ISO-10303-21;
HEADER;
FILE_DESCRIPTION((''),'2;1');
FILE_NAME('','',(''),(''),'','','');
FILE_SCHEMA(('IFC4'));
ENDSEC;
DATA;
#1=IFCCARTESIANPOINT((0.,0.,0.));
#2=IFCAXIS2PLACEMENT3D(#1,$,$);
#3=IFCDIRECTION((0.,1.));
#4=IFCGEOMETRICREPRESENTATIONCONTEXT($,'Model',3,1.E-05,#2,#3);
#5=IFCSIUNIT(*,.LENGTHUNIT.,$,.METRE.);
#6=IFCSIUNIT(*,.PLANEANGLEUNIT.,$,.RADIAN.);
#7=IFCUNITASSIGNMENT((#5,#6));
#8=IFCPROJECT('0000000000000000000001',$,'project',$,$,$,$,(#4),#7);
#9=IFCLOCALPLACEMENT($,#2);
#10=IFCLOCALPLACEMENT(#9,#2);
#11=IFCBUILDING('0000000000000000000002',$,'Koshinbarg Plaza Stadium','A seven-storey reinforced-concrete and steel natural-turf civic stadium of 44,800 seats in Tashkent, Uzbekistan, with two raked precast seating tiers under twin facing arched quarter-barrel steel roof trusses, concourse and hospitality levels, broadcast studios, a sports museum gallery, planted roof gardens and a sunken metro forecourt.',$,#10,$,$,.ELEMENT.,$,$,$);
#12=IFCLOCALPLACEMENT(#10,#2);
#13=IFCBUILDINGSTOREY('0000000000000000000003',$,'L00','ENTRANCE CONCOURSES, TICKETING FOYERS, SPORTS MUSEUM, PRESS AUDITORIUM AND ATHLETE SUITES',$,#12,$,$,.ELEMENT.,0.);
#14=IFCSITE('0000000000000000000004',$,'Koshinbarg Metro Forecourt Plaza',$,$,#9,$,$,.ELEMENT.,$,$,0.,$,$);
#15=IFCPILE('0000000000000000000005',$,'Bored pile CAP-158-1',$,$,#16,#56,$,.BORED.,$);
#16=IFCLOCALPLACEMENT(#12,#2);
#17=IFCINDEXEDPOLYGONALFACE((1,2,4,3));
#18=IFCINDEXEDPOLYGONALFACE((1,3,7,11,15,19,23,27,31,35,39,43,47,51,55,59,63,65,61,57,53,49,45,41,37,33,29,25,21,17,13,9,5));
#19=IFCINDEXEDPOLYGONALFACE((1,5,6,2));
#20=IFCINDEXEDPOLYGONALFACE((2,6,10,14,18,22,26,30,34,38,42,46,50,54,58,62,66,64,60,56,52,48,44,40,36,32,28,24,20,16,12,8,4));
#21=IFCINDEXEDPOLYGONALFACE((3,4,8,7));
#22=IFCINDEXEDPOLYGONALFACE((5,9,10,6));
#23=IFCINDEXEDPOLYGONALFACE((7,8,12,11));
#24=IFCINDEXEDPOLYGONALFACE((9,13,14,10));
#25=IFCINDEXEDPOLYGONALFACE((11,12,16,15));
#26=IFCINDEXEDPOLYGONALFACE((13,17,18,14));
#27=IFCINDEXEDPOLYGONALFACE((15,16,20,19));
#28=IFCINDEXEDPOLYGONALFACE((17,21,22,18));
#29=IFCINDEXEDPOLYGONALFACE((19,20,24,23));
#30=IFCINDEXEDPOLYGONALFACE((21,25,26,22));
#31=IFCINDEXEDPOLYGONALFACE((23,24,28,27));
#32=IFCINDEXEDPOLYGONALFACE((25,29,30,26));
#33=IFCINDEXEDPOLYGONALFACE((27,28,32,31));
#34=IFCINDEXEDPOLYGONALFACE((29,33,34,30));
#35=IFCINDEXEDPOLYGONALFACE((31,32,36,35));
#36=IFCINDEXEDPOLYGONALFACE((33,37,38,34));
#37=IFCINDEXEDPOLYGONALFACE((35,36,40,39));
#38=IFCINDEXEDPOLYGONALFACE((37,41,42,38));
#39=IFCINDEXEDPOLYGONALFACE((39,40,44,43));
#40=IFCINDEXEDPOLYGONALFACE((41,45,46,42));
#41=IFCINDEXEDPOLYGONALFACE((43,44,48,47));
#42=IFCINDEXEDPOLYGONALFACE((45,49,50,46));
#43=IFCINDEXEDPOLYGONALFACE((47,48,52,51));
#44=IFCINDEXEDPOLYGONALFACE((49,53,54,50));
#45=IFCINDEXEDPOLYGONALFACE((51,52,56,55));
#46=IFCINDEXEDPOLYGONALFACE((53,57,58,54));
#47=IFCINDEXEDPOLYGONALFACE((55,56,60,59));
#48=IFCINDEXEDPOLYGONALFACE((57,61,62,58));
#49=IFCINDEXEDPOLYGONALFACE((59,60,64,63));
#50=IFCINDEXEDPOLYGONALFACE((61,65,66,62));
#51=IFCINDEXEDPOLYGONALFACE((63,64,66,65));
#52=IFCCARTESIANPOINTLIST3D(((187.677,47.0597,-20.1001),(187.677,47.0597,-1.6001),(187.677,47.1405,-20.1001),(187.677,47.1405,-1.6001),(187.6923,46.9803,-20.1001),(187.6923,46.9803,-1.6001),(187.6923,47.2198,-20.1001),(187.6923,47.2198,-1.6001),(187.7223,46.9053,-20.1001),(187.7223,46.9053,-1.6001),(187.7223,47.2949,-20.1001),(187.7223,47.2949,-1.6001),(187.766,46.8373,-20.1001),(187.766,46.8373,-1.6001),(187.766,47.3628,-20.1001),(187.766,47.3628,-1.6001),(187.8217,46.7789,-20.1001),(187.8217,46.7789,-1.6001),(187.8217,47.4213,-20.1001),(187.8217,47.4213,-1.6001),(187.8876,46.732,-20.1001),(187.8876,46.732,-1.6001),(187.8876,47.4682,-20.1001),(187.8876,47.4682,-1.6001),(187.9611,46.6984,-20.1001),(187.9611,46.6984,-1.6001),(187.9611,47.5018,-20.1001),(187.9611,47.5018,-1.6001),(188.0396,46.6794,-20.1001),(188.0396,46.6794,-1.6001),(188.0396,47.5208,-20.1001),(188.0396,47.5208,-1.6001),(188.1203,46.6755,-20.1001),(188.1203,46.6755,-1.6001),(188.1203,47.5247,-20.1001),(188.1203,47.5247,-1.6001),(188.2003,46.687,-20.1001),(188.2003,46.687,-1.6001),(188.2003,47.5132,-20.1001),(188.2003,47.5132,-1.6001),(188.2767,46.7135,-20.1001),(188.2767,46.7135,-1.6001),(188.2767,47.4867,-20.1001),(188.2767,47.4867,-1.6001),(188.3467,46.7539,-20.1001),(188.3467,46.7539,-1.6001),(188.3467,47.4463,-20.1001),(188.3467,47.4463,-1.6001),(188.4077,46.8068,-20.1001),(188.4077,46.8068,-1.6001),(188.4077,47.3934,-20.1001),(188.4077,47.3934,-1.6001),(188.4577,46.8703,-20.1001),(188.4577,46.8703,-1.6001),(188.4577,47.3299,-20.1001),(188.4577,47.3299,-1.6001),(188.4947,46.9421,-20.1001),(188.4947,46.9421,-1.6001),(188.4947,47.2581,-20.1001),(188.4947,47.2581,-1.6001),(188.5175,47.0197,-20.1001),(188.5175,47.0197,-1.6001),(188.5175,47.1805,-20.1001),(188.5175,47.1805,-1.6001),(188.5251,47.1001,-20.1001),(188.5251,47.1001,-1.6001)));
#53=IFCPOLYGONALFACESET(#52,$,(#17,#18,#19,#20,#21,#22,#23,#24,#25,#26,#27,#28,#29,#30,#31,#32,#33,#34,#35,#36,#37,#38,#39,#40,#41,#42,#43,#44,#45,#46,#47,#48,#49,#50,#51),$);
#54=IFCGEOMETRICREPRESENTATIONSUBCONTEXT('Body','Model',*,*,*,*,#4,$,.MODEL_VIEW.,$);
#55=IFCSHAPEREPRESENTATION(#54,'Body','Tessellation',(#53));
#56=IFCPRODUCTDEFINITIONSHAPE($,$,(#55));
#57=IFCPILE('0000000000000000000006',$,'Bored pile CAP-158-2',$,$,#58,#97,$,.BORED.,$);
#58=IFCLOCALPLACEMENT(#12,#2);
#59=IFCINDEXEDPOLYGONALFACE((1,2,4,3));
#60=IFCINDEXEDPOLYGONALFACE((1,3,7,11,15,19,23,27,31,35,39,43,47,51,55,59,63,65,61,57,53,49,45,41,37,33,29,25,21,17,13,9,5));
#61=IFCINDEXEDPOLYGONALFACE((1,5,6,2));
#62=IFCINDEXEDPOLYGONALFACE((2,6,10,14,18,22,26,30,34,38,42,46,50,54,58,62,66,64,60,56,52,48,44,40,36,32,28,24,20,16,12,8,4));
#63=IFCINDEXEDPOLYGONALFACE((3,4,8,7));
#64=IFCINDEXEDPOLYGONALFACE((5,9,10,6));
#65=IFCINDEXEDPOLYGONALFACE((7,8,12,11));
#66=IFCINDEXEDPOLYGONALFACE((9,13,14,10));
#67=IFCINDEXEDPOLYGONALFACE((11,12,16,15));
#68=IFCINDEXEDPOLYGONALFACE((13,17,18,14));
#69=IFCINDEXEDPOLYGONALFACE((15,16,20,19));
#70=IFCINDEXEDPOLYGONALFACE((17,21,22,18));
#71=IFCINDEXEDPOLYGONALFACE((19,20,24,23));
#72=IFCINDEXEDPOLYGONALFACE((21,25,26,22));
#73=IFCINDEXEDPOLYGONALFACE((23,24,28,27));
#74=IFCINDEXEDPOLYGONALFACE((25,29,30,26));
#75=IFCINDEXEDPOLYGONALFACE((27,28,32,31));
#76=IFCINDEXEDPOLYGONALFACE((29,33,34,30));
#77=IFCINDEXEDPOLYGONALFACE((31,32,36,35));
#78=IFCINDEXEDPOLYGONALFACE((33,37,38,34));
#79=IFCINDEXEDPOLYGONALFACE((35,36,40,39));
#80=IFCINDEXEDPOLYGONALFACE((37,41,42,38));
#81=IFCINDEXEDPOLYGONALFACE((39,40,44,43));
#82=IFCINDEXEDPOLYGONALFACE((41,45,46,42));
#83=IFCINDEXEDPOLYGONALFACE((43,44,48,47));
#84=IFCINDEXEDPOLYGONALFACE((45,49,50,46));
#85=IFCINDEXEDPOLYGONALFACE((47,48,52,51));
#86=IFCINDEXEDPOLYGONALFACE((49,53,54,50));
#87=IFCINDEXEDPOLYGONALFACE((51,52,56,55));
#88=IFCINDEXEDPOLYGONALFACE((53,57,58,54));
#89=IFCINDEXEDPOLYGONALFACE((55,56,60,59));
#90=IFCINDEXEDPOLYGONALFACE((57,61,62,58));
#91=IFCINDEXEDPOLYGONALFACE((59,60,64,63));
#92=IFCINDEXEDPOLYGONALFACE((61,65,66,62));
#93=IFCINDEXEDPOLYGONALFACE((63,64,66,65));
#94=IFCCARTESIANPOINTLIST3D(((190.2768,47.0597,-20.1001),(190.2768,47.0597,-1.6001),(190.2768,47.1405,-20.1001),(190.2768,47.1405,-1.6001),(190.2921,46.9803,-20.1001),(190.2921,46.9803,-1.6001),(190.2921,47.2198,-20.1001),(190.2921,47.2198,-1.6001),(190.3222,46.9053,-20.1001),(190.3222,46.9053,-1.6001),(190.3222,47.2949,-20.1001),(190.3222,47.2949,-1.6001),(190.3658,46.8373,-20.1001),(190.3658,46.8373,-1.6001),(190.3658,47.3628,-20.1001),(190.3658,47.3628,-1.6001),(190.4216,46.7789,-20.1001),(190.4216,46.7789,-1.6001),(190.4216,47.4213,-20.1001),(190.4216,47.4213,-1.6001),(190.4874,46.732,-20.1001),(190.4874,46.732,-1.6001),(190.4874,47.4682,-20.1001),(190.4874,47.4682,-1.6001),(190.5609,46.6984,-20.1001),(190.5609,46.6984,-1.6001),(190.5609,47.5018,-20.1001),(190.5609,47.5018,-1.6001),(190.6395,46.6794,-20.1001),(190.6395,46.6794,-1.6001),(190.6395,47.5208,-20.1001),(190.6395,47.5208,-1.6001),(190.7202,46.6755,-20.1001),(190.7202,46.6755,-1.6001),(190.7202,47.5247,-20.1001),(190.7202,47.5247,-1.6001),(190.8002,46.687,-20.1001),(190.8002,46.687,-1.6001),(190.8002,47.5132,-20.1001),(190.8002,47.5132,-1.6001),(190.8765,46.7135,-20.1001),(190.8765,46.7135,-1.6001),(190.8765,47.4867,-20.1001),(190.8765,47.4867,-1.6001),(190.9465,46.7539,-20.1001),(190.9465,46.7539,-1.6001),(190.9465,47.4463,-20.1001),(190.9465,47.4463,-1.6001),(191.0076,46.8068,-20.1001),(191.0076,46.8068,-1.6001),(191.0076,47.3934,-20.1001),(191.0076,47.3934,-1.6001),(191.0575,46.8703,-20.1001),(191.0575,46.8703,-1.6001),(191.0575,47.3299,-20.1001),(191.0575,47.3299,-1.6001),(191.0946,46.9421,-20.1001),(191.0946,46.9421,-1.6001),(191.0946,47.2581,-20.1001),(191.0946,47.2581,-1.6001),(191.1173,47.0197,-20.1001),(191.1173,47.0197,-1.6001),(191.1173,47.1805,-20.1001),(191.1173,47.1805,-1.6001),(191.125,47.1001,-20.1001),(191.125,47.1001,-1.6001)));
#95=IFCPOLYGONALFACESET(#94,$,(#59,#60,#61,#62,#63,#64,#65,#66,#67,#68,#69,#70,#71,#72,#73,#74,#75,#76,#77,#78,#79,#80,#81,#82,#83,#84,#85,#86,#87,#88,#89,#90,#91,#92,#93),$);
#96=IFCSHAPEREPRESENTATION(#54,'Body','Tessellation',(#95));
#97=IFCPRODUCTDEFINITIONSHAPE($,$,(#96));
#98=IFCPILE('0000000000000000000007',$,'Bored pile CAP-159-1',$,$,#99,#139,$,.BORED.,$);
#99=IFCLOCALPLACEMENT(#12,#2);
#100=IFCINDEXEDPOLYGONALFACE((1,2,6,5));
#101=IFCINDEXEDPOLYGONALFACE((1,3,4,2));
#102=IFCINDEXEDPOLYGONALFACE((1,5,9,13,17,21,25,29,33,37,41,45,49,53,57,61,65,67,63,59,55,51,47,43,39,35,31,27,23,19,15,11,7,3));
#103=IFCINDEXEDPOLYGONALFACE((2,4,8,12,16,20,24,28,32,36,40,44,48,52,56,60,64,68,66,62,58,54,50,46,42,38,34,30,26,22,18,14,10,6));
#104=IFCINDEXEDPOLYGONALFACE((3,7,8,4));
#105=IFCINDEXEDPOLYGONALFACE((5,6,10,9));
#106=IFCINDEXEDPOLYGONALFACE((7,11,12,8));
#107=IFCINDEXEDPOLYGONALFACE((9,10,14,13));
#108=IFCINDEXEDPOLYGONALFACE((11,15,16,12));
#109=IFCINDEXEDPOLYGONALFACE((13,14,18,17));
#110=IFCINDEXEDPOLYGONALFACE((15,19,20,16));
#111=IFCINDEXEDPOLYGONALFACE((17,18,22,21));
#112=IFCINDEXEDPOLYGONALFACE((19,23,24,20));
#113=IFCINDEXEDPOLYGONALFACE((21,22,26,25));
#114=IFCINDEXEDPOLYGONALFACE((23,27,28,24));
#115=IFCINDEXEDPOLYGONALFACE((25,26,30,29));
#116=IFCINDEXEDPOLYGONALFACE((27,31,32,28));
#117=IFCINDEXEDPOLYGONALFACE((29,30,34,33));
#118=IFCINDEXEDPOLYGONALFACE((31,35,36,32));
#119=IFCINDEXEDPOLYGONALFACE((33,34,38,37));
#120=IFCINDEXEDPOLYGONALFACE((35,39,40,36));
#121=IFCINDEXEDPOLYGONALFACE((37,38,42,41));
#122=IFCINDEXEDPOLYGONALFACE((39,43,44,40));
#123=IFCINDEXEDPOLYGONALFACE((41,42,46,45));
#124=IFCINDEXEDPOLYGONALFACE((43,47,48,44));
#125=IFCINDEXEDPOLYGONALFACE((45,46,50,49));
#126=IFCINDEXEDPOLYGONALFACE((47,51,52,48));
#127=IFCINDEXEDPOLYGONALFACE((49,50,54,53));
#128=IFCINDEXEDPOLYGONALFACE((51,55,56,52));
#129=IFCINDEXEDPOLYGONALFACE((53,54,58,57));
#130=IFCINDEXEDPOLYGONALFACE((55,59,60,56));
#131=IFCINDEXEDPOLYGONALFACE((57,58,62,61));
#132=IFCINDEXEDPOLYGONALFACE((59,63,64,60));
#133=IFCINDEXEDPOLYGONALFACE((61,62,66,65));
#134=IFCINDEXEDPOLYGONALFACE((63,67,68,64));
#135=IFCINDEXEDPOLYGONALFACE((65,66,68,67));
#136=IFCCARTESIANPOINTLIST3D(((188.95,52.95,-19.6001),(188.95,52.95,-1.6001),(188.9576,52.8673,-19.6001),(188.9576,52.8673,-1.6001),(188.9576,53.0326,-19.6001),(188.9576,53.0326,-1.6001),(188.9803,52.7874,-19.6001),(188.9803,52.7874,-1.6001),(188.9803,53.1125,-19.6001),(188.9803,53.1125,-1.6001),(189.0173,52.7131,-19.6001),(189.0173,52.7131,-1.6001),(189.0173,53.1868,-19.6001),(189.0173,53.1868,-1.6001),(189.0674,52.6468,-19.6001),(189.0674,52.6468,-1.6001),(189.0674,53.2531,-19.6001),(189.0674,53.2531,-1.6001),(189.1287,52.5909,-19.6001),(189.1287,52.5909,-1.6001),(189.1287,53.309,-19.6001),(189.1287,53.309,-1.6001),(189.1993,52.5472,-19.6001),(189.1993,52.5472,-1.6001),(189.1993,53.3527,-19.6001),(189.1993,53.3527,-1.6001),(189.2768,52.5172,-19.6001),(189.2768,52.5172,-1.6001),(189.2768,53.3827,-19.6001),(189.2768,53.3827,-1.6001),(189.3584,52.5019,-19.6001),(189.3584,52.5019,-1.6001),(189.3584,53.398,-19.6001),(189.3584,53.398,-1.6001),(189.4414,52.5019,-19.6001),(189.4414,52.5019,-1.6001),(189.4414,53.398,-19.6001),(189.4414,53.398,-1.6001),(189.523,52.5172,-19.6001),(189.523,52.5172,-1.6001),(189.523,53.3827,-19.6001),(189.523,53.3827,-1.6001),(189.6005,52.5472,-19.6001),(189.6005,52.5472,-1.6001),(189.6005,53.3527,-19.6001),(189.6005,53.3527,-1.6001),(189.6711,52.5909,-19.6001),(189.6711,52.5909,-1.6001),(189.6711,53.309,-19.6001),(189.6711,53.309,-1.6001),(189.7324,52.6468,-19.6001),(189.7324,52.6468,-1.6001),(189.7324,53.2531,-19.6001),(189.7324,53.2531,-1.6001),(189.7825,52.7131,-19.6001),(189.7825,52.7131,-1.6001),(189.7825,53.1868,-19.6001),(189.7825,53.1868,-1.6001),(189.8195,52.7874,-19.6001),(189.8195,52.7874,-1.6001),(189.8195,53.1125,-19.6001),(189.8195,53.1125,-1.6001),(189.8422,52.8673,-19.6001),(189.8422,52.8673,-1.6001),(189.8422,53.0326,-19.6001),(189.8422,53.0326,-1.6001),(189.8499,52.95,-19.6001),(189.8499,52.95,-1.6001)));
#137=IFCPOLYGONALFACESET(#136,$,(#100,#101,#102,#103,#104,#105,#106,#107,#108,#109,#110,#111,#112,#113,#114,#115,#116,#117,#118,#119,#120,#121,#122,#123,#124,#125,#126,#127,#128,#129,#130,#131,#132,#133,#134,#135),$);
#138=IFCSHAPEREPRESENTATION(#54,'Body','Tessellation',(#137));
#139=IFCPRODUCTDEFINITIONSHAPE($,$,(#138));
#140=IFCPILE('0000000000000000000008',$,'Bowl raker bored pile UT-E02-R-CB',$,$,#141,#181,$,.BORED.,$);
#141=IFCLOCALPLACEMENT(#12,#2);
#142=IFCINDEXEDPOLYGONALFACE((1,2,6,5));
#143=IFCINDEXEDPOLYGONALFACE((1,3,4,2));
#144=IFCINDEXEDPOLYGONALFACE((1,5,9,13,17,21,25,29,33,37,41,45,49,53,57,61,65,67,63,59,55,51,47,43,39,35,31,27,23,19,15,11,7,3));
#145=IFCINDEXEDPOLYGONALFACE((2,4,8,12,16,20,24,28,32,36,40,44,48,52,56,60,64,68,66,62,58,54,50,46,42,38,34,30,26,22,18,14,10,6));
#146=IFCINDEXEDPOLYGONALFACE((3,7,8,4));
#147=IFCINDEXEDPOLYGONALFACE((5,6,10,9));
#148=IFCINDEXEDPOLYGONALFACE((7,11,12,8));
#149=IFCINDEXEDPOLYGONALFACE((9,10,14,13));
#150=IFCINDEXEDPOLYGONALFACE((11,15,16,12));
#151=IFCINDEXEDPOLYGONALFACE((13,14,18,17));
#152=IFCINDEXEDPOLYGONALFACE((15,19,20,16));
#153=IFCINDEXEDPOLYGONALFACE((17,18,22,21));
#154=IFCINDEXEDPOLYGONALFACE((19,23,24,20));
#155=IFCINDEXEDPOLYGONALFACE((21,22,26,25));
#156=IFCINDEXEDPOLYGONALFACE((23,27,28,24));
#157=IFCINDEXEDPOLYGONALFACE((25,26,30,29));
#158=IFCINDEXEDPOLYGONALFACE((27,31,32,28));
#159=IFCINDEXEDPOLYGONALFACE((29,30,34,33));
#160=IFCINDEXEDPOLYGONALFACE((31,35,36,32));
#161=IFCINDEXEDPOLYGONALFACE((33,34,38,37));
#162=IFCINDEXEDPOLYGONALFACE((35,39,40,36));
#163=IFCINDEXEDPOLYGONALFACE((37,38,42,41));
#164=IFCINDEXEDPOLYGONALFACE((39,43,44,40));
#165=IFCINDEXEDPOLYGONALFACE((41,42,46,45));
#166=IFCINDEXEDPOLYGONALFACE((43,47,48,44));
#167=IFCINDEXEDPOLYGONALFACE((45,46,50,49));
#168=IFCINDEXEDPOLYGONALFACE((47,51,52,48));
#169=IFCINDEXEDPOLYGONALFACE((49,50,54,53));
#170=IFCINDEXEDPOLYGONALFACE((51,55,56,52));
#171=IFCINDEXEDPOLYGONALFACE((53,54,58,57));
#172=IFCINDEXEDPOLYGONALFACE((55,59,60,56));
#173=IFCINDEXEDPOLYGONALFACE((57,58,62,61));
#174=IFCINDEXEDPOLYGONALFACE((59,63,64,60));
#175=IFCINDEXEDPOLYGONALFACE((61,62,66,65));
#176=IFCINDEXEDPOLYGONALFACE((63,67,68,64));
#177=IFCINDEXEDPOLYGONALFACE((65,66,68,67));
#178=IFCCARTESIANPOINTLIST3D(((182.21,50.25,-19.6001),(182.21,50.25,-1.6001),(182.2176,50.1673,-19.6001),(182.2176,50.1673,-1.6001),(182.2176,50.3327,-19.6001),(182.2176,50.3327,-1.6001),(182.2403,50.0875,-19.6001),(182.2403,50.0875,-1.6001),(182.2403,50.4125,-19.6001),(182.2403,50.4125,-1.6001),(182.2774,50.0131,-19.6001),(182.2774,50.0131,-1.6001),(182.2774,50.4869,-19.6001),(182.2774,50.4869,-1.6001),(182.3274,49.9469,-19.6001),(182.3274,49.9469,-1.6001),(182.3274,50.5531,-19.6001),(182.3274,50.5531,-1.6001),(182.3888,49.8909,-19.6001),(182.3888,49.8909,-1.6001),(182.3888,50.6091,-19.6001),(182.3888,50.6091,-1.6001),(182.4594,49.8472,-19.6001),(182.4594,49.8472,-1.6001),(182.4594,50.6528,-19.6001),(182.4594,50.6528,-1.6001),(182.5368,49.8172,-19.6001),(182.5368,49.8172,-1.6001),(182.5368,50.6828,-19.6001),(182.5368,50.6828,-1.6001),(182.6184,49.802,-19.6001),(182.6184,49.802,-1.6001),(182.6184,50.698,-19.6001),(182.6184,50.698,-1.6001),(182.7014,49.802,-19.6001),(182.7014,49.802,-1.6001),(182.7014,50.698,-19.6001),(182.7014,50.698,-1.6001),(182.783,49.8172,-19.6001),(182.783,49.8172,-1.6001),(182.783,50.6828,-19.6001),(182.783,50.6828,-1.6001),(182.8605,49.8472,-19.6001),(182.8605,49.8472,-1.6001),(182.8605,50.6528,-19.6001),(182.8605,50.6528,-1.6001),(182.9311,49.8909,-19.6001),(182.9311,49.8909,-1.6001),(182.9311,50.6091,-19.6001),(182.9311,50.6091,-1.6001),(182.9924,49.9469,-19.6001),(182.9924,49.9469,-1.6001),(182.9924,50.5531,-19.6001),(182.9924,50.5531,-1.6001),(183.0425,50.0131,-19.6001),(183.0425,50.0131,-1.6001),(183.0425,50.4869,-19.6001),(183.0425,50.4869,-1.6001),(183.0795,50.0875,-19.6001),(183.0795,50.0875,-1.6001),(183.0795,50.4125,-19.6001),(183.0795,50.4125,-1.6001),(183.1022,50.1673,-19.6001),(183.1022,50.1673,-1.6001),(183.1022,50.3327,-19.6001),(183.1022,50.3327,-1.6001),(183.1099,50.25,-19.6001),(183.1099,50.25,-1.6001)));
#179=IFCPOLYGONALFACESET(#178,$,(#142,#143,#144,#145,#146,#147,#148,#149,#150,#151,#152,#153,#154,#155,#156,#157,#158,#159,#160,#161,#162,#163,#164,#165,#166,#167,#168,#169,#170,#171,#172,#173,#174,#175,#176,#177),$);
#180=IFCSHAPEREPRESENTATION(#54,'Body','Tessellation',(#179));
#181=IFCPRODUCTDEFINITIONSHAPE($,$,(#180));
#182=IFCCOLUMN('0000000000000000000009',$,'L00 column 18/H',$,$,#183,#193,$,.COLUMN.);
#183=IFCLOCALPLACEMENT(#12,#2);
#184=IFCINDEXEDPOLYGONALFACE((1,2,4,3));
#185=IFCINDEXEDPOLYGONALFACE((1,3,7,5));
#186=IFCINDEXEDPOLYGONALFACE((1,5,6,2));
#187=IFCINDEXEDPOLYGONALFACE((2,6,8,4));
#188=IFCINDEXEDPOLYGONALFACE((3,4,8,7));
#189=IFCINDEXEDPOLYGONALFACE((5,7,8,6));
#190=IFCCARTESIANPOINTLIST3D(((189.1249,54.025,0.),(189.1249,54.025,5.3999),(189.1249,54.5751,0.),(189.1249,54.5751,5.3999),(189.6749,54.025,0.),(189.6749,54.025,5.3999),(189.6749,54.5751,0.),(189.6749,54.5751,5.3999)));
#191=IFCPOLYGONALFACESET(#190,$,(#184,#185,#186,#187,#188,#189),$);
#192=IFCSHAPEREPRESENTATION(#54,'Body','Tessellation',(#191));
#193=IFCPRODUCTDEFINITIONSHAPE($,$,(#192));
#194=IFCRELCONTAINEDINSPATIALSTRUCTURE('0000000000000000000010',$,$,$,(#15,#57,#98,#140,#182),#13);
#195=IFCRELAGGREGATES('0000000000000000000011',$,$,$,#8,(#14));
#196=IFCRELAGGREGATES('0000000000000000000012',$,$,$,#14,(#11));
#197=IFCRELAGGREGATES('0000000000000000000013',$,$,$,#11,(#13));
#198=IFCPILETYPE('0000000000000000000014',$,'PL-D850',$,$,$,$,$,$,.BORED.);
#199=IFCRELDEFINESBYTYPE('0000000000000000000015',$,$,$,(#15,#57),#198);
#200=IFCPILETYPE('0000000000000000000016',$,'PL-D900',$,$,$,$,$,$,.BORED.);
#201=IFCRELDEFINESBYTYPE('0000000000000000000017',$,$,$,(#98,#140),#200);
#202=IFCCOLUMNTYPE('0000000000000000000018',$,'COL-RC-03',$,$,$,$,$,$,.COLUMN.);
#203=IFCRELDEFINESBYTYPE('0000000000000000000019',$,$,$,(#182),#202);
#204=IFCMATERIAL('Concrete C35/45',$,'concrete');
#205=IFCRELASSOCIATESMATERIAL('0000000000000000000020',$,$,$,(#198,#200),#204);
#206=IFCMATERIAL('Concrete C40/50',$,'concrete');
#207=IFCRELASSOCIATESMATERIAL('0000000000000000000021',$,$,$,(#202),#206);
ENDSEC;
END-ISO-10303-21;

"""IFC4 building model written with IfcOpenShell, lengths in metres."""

from ifc_helpers import new_model, si_unit, direction, frame, origin, origin_2d, place, context, subcontext, project, spatial, rectangle, circle, extrude, material, material_profile, profile_set, type_object, element, save


model = new_model("IFC4")

# Units and contexts
model_context = context("Model", 3, precision=1e-05, world=origin(), true_north=direction((0.0, 1.0)))
body_context = subcontext(model_context, "Body", "Model", "MODEL_VIEW")
ifc_project = project(units=[si_unit("LENGTHUNIT", "METRE"), si_unit("PLANEANGLEUNIT", "RADIAN")], contexts=[model_context])

# Site, building, storey
site_placement = place(None, origin())
site = spatial("IfcSite", under=ifc_project, at=site_placement, Name="Koshinbarg Metro Forecourt Plaza", CompositionType="ELEMENT", RefElevation=0.0)
building_placement = place(site_placement, origin())
building = spatial("IfcBuilding", under=site, at=building_placement, Name="Koshinbarg Plaza Stadium", Description="A seven-storey reinforced-concrete and steel natural-turf civic stadium of 44,800 seats in Tashkent, Uzbekistan, with two raked precast seating tiers under twin facing arched quarter-barrel steel roof trusses, concourse and hospitality levels, broadcast studios, a sports museum gallery, planted roof gardens and a sunken metro forecourt.", CompositionType="ELEMENT")
storey_placement = place(building_placement, origin())
storey = spatial("IfcBuildingStorey", under=building, at=storey_placement, Name="L00", Description="ENTRANCE CONCOURSES, TICKETING FOYERS, SPORTS MUSEUM, PRESS AUDITORIUM AND ATHLETE SUITES", CompositionType="ELEMENT", Elevation=0.0)

# Shared definitions
ifc_material_1 = material(Name="Concrete C35/45", Category="concrete")

# Piles
ifc_material_profile_1 = material_profile(ifc_material_1, circle(Radius=0.425, at=origin_2d()), Name="PILE D850")
ifc_profile_set_1 = profile_set([ifc_material_profile_1], Name="Concrete C35/45")
pile_type_1 = type_object("IfcPileType", Name="PL-D850", PredefinedType="BORED", material=ifc_profile_set_1)
for number, where, z_axis, x_axis, name in (
    (1, (188.1001, 47.1001, -1.6001), (0.0, 0.0, -1.0), (1.0, 0.0, 0.0), "Bored pile CAP-158-1"),
    (2, (190.7, 47.1001, -1.6001), (0.0, 0.0, -1.0), (1.0, 0.0, 0.0), "Bored pile CAP-158-2"),
):
    element("IfcPile", number, at=place(storey_placement, frame(where, z_axis=z_axis, x_axis=x_axis)), inside=storey, type_object=pile_type_1, Name=name, PredefinedType="BORED", context=body_context, shape_type="SweptSolid", body=[
        extrude(circle(Radius=0.425, at=origin_2d()), origin(), (0.0, 0.0, 1.0), 18.5),
    ])
ifc_material_profile_2 = material_profile(ifc_material_1, circle(Radius=0.45, at=origin_2d()), Name="PILE D900")
ifc_profile_set_2 = profile_set([ifc_material_profile_2], Name="Concrete C35/45")
pile_type_2 = type_object("IfcPileType", Name="PL-D900", PredefinedType="BORED", material=ifc_profile_set_2)
for number, where, z_axis, x_axis, name in (
    (3, (189.3999, 52.95, -1.6001), (0.0, 0.0, -1.0), (1.0, 0.0, 0.0), "Bored pile CAP-159-1"),
    (4, (182.6599, 50.25, -1.6001), (0.0, 0.0, -1.0), (1.0, 0.0, 0.0), "Bowl raker bored pile UT-E02-R-CB"),
):
    element("IfcPile", number, at=place(storey_placement, frame(where, z_axis=z_axis, x_axis=x_axis)), inside=storey, type_object=pile_type_2, Name=name, PredefinedType="BORED", context=body_context, shape_type="SweptSolid", body=[
        extrude(circle(Radius=0.45, at=origin_2d()), origin(), (0.0, 0.0, 1.0), 18.0),
    ])

# Column
ifc_material_2 = material(Name="Concrete C40/50", Category="concrete")
ifc_material_profile_3 = material_profile(ifc_material_2, rectangle(XDim=0.55, YDim=0.55, at=origin_2d()), Name="RC 550x550")
ifc_profile_set_3 = profile_set([ifc_material_profile_3], Name="Concrete C40/50")
column_type_1 = type_object("IfcColumnType", Name="COL-RC-03", PredefinedType="COLUMN", material=ifc_profile_set_3)
column_placement = place(storey_placement, frame((189.3999, 54.3, 0.0), z_axis=(0.0, 0.0, 1.0), x_axis=(1.0, 0.0, 0.0)))
element("IfcColumn", 5, at=column_placement, inside=storey, type_object=column_type_1, Name="L00 column 18/H", PredefinedType="COLUMN", context=body_context, shape_type="SweptSolid", body=[
    extrude(rectangle(XDim=0.55, YDim=0.55, at=origin_2d()), origin(), (0.0, 0.0, 1.0), 5.3999),
])

save(model, "model.ifc")
